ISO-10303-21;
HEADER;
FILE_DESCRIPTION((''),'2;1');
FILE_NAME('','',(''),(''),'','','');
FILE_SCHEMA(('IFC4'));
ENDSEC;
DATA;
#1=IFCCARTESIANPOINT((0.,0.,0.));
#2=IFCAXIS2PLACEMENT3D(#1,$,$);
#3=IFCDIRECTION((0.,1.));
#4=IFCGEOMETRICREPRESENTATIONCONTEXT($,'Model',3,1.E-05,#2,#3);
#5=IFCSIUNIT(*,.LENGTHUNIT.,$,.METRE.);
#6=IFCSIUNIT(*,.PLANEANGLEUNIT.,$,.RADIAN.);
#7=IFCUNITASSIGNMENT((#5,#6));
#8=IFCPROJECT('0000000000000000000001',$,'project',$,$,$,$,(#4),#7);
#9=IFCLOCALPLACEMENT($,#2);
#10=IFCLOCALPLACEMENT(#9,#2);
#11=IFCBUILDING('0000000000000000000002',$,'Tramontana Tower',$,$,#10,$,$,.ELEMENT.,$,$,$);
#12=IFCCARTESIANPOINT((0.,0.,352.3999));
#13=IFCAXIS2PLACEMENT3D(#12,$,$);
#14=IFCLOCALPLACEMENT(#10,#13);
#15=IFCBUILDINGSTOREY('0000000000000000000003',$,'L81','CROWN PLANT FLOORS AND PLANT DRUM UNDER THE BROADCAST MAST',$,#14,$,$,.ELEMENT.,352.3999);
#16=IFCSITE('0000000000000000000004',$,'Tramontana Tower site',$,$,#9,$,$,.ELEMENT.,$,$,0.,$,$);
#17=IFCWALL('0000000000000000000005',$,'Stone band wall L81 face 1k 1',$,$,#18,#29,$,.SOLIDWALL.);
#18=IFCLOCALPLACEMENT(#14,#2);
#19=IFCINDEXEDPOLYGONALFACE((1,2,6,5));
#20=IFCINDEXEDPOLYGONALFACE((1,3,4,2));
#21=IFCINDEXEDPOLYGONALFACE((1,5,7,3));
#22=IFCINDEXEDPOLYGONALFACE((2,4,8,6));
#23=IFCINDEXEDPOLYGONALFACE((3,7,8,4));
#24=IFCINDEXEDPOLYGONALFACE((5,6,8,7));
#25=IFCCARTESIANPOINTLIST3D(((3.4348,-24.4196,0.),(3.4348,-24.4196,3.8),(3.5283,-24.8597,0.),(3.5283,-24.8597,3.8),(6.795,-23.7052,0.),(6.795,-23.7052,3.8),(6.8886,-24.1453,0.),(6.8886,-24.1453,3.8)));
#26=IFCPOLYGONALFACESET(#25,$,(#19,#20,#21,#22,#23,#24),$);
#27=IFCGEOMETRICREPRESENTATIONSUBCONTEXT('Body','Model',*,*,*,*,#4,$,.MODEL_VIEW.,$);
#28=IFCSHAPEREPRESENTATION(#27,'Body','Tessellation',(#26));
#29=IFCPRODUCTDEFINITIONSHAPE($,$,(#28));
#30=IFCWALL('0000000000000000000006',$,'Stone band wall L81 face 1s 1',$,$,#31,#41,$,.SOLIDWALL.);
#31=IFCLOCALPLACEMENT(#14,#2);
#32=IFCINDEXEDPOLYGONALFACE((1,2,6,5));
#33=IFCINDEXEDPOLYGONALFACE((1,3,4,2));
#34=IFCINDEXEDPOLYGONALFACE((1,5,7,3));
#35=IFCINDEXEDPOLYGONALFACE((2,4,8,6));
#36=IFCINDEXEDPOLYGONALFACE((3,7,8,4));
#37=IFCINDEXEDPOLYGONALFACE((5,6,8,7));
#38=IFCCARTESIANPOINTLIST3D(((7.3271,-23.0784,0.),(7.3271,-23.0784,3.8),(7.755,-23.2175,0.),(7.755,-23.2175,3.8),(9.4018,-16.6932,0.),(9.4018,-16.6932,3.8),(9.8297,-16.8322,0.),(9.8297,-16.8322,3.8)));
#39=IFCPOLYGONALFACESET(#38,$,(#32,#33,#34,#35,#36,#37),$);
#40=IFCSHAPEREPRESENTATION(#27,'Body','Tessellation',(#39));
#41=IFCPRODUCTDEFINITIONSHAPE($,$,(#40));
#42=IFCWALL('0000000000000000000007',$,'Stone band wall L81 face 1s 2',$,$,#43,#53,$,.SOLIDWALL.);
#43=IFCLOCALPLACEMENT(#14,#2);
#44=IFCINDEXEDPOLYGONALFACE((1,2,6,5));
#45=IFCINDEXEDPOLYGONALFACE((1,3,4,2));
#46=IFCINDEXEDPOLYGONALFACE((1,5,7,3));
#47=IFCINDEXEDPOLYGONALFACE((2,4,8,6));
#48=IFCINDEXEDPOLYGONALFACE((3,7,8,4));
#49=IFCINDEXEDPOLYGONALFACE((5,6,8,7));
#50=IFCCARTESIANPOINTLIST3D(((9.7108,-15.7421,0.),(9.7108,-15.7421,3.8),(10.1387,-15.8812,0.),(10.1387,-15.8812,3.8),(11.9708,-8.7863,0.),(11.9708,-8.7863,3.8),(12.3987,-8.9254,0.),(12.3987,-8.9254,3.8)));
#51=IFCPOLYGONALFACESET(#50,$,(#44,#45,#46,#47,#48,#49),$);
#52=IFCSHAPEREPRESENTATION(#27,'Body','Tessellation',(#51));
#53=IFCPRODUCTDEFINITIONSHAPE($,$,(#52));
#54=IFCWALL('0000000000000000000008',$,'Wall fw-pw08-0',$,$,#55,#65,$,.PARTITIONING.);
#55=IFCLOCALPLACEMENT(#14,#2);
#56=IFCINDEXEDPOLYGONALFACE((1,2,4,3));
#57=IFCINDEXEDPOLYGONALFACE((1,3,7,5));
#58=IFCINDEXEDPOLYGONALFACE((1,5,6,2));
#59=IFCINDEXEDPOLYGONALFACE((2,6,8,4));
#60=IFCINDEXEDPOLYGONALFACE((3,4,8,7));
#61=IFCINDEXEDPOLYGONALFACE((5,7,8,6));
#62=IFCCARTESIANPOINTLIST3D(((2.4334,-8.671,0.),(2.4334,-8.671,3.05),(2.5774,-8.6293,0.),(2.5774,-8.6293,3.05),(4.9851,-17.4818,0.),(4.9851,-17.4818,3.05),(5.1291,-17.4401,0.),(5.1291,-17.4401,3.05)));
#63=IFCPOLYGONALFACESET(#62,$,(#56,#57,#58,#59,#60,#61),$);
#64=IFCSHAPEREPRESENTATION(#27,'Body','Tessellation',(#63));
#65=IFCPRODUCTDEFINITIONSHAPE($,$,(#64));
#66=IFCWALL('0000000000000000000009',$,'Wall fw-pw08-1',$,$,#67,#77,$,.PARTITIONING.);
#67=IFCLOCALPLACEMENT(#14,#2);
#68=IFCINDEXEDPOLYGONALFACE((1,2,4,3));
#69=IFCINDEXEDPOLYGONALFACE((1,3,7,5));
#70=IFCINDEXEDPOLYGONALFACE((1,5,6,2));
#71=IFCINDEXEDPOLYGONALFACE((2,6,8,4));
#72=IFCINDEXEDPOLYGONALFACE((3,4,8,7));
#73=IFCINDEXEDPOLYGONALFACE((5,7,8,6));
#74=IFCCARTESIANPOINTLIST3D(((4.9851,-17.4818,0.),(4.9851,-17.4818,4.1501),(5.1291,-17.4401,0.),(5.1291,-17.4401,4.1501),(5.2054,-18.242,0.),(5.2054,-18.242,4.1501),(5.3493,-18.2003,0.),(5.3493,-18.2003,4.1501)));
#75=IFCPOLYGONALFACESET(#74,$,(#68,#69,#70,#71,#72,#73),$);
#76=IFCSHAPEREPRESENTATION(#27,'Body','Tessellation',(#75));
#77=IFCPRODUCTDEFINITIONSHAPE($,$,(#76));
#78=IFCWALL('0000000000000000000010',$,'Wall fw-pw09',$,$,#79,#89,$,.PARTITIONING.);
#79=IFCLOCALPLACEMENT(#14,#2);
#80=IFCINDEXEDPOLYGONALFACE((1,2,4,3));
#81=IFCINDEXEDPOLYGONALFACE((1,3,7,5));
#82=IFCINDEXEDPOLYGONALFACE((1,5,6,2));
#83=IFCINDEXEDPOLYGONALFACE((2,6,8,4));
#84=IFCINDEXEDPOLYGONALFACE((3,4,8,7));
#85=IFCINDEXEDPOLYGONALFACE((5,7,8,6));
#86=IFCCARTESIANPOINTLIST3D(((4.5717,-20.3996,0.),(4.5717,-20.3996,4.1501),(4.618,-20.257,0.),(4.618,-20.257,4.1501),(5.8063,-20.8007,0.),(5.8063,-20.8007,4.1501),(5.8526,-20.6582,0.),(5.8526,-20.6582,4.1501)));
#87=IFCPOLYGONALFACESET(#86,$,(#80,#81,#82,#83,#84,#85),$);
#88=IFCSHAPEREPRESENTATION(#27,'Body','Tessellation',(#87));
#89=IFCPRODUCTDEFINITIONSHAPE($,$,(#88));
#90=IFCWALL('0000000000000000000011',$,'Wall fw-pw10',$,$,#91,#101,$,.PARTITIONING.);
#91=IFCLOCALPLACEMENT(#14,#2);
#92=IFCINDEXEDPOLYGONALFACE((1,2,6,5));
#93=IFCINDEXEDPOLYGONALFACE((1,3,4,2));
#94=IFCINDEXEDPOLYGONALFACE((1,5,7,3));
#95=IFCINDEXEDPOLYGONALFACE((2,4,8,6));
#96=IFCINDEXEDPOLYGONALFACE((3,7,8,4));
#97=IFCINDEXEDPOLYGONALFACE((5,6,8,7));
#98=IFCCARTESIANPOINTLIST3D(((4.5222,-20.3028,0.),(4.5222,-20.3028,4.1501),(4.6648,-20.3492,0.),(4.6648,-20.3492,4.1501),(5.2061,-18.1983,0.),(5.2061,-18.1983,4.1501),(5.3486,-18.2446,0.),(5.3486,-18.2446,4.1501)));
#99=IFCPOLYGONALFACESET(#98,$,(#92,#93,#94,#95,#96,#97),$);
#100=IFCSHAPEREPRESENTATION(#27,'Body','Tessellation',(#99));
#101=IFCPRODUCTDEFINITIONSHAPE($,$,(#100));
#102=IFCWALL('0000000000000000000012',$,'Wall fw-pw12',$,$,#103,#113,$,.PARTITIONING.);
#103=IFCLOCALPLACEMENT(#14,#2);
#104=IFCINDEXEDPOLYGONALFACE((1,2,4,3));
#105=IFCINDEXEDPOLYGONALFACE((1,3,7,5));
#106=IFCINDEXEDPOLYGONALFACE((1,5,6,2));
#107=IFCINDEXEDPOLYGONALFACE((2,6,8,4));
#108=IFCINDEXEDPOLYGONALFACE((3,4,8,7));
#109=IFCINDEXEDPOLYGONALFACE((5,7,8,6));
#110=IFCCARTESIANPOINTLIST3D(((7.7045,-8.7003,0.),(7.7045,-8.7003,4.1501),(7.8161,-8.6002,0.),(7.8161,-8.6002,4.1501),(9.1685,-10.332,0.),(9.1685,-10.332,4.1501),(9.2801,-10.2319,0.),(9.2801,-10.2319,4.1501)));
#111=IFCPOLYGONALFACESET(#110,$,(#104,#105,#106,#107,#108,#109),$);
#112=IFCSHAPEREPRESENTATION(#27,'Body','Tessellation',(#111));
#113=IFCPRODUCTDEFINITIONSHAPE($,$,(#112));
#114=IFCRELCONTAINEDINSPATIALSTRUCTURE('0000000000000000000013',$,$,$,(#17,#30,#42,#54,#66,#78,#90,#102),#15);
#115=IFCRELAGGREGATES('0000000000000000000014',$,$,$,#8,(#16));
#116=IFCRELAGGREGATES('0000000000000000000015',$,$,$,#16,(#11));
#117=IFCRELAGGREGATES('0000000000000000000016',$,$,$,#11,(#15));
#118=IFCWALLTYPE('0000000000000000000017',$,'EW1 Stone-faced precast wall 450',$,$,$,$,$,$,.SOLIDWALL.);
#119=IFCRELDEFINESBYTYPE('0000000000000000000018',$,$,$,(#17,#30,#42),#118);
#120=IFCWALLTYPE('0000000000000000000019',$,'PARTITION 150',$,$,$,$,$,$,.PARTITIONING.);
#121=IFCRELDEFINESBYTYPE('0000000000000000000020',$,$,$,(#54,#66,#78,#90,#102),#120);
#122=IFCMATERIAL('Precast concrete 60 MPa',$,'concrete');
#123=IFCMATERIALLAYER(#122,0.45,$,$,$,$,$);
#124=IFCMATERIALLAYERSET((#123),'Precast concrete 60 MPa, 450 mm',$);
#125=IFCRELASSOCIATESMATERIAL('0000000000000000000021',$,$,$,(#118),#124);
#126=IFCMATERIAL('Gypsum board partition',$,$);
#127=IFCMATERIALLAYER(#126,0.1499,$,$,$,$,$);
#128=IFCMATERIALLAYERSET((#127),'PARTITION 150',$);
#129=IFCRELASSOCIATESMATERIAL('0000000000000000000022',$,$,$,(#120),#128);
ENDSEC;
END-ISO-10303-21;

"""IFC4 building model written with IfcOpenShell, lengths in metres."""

from ifc_helpers import new_model, si_unit, direction, frame, frame_2d, origin, place, context, subcontext, project, spatial, rectangle, extrude, material, layer, layer_set, type_object, element, save


model = new_model("IFC4")

# Units and contexts
model_context = context("Model", 3, precision=1e-05, world=origin(), true_north=direction((0.0, 1.0)))
body_context = subcontext(model_context, "Body", "Model", "MODEL_VIEW")
ifc_project = project(units=[si_unit("LENGTHUNIT", "METRE"), si_unit("PLANEANGLEUNIT", "RADIAN")], contexts=[model_context])

# Site, building, storey
site_placement = place(None, origin())
site = spatial("IfcSite", under=ifc_project, at=site_placement, Name="Tramontana Tower site", CompositionType="ELEMENT", RefElevation=0.0)
building_placement = place(site_placement, origin())
building = spatial("IfcBuilding", under=site, at=building_placement, Name="Tramontana Tower", CompositionType="ELEMENT")
storey_placement = place(building_placement, frame((0.0, 0.0, 352.3999)))
storey = spatial("IfcBuildingStorey", under=building, at=storey_placement, Name="L81", Description="CROWN PLANT FLOORS AND PLANT DRUM UNDER THE BROADCAST MAST", CompositionType="ELEMENT", Elevation=352.3999)

# Walls
ifc_material_1 = material(Name="Precast concrete 60 MPa", Category="concrete")
ifc_layer_1 = layer(ifc_material_1, 0.45)
ifc_layer_set_1 = layer_set([ifc_layer_1], Name="Precast concrete 60 MPa, 450 mm")
wall_type_1 = type_object("IfcWallType", Name="EW1 Stone-faced precast wall 450", PredefinedType="SOLIDWALL", material=ifc_layer_set_1)
wall_1_placement = place(storey_placement, frame((3.4814, -24.6396, 0.0), z_axis=(0.0, 0.0, 1.0), x_axis=(0.978139, 0.207951, 0.0)))
element("IfcWall", 1, at=wall_1_placement, inside=storey, type_object=wall_type_1, Name="Stone band wall L81 face 1k 1", PredefinedType="SOLIDWALL", context=body_context, shape_type="SweptSolid", body=[
    extrude(rectangle(XDim=3.4353, YDim=0.45, at=frame_2d((1.7178, 0.0))), origin(), (0.0, 0.0, 1.0), 3.8),
])
wall_2_placement = place(storey_placement, frame((7.541, -23.1479, 0.0), z_axis=(0.0, 0.0, 1.0), x_axis=(0.309019, 0.951056, 0.0)))
element("IfcWall", 2, at=wall_2_placement, inside=storey, type_object=wall_type_1, Name="Stone band wall L81 face 1s 1", PredefinedType="SOLIDWALL", context=body_context, shape_type="SweptSolid", body=[
    extrude(rectangle(XDim=6.7139, YDim=0.45, at=frame_2d((3.3569, 0.0))), origin(), (0.0, 0.0, 1.0), 3.8),
])
wall_3_placement = place(storey_placement, frame((9.9248, -15.8115, 0.0), z_axis=(0.0, 0.0, 1.0), x_axis=(0.309008, 0.951059, 0.0)))
element("IfcWall", 3, at=wall_3_placement, inside=storey, type_object=wall_type_1, Name="Stone band wall L81 face 1s 2", PredefinedType="SOLIDWALL", context=body_context, shape_type="SweptSolid", body=[
    extrude(rectangle(XDim=7.3137, YDim=0.45, at=frame_2d((3.6567, 0.0))), origin(), (0.0, 0.0, 1.0), 3.8),
])
ifc_material_2 = material(Name="Gypsum board partition")
ifc_layer_2 = layer(ifc_material_2, 0.1499)
ifc_layer_set_2 = layer_set([ifc_layer_2], Name="PARTITION 150")
wall_type_2 = type_object("IfcWallType", Name="PARTITION 150", PredefinedType="PARTITIONING", material=ifc_layer_set_2)
wall_4_placement = place(storey_placement, frame((2.5054, -8.6501, 0.0), z_axis=(0.0, 0.0, 1.0), x_axis=(0.278185, -0.960527, 0.0)))
element("IfcWall", 4, at=wall_4_placement, inside=storey, type_object=wall_type_2, Name="Wall fw-pw08-0", PredefinedType="PARTITIONING", context=body_context, shape_type="SweptSolid", body=[
    extrude(rectangle(XDim=9.1729, YDim=0.1499, at=frame_2d((4.5864, 0.0))), origin(), (0.0, 0.0, 1.0), 3.05),
])
wall_5_placement = place(storey_placement, frame((5.0571, -17.4609, 0.0), z_axis=(0.0, 0.0, 1.0), x_axis=(0.278223, -0.960517, 0.0)))
element("IfcWall", 5, at=wall_5_placement, inside=storey, type_object=wall_type_2, Name="Wall fw-pw08-1", PredefinedType="PARTITIONING", context=body_context, shape_type="SweptSolid", body=[
    extrude(rectangle(XDim=0.7915, YDim=0.1499, at=frame_2d((0.3958, 0.0))), origin(), (0.0, 0.0, 1.0), 4.1501),
])
wall_6_placement = place(storey_placement, frame((4.595, -20.3284, 0.0), z_axis=(0.0, 0.0, 1.0), x_axis=(0.951063, -0.308997, 0.0)))
element("IfcWall", 6, at=wall_6_placement, inside=storey, type_object=wall_type_2, Name="Wall fw-pw09", PredefinedType="PARTITIONING", context=body_context, shape_type="SweptSolid", body=[
    extrude(rectangle(XDim=1.2981, YDim=0.1499, at=frame_2d((0.6489, 0.0))), origin(), (0.0, 0.0, 1.0), 4.1501),
])
wall_7_placement = place(storey_placement, frame((5.2773, -18.2214, 0.0), z_axis=(0.0, 0.0, 1.0), x_axis=(-0.309036, -0.95105, 0.0)))
element("IfcWall", 7, at=wall_7_placement, inside=storey, type_object=wall_type_2, Name="Wall fw-pw10", PredefinedType="PARTITIONING", context=body_context, shape_type="SweptSolid", body=[
    extrude(rectangle(XDim=2.2129, YDim=0.1499, at=frame_2d((1.1064, 0.0))), origin(), (0.0, 0.0, 1.0), 4.1501),
])
wall_8_placement = place(storey_placement, frame((7.7603, -8.6501, 0.0), z_axis=(0.0, 0.0, 1.0), x_axis=(0.667813, -0.744329, 0.0)))
element("IfcWall", 8, at=wall_8_placement, inside=storey, type_object=wall_type_2, Name="Wall fw-pw12", PredefinedType="PARTITIONING", context=body_context, shape_type="SweptSolid", body=[
    extrude(rectangle(XDim=2.1921, YDim=0.1499, at=frame_2d((1.0962, 0.0))), origin(), (0.0, 0.0, 1.0), 4.1501),
])

save(model, "model.ifc")
